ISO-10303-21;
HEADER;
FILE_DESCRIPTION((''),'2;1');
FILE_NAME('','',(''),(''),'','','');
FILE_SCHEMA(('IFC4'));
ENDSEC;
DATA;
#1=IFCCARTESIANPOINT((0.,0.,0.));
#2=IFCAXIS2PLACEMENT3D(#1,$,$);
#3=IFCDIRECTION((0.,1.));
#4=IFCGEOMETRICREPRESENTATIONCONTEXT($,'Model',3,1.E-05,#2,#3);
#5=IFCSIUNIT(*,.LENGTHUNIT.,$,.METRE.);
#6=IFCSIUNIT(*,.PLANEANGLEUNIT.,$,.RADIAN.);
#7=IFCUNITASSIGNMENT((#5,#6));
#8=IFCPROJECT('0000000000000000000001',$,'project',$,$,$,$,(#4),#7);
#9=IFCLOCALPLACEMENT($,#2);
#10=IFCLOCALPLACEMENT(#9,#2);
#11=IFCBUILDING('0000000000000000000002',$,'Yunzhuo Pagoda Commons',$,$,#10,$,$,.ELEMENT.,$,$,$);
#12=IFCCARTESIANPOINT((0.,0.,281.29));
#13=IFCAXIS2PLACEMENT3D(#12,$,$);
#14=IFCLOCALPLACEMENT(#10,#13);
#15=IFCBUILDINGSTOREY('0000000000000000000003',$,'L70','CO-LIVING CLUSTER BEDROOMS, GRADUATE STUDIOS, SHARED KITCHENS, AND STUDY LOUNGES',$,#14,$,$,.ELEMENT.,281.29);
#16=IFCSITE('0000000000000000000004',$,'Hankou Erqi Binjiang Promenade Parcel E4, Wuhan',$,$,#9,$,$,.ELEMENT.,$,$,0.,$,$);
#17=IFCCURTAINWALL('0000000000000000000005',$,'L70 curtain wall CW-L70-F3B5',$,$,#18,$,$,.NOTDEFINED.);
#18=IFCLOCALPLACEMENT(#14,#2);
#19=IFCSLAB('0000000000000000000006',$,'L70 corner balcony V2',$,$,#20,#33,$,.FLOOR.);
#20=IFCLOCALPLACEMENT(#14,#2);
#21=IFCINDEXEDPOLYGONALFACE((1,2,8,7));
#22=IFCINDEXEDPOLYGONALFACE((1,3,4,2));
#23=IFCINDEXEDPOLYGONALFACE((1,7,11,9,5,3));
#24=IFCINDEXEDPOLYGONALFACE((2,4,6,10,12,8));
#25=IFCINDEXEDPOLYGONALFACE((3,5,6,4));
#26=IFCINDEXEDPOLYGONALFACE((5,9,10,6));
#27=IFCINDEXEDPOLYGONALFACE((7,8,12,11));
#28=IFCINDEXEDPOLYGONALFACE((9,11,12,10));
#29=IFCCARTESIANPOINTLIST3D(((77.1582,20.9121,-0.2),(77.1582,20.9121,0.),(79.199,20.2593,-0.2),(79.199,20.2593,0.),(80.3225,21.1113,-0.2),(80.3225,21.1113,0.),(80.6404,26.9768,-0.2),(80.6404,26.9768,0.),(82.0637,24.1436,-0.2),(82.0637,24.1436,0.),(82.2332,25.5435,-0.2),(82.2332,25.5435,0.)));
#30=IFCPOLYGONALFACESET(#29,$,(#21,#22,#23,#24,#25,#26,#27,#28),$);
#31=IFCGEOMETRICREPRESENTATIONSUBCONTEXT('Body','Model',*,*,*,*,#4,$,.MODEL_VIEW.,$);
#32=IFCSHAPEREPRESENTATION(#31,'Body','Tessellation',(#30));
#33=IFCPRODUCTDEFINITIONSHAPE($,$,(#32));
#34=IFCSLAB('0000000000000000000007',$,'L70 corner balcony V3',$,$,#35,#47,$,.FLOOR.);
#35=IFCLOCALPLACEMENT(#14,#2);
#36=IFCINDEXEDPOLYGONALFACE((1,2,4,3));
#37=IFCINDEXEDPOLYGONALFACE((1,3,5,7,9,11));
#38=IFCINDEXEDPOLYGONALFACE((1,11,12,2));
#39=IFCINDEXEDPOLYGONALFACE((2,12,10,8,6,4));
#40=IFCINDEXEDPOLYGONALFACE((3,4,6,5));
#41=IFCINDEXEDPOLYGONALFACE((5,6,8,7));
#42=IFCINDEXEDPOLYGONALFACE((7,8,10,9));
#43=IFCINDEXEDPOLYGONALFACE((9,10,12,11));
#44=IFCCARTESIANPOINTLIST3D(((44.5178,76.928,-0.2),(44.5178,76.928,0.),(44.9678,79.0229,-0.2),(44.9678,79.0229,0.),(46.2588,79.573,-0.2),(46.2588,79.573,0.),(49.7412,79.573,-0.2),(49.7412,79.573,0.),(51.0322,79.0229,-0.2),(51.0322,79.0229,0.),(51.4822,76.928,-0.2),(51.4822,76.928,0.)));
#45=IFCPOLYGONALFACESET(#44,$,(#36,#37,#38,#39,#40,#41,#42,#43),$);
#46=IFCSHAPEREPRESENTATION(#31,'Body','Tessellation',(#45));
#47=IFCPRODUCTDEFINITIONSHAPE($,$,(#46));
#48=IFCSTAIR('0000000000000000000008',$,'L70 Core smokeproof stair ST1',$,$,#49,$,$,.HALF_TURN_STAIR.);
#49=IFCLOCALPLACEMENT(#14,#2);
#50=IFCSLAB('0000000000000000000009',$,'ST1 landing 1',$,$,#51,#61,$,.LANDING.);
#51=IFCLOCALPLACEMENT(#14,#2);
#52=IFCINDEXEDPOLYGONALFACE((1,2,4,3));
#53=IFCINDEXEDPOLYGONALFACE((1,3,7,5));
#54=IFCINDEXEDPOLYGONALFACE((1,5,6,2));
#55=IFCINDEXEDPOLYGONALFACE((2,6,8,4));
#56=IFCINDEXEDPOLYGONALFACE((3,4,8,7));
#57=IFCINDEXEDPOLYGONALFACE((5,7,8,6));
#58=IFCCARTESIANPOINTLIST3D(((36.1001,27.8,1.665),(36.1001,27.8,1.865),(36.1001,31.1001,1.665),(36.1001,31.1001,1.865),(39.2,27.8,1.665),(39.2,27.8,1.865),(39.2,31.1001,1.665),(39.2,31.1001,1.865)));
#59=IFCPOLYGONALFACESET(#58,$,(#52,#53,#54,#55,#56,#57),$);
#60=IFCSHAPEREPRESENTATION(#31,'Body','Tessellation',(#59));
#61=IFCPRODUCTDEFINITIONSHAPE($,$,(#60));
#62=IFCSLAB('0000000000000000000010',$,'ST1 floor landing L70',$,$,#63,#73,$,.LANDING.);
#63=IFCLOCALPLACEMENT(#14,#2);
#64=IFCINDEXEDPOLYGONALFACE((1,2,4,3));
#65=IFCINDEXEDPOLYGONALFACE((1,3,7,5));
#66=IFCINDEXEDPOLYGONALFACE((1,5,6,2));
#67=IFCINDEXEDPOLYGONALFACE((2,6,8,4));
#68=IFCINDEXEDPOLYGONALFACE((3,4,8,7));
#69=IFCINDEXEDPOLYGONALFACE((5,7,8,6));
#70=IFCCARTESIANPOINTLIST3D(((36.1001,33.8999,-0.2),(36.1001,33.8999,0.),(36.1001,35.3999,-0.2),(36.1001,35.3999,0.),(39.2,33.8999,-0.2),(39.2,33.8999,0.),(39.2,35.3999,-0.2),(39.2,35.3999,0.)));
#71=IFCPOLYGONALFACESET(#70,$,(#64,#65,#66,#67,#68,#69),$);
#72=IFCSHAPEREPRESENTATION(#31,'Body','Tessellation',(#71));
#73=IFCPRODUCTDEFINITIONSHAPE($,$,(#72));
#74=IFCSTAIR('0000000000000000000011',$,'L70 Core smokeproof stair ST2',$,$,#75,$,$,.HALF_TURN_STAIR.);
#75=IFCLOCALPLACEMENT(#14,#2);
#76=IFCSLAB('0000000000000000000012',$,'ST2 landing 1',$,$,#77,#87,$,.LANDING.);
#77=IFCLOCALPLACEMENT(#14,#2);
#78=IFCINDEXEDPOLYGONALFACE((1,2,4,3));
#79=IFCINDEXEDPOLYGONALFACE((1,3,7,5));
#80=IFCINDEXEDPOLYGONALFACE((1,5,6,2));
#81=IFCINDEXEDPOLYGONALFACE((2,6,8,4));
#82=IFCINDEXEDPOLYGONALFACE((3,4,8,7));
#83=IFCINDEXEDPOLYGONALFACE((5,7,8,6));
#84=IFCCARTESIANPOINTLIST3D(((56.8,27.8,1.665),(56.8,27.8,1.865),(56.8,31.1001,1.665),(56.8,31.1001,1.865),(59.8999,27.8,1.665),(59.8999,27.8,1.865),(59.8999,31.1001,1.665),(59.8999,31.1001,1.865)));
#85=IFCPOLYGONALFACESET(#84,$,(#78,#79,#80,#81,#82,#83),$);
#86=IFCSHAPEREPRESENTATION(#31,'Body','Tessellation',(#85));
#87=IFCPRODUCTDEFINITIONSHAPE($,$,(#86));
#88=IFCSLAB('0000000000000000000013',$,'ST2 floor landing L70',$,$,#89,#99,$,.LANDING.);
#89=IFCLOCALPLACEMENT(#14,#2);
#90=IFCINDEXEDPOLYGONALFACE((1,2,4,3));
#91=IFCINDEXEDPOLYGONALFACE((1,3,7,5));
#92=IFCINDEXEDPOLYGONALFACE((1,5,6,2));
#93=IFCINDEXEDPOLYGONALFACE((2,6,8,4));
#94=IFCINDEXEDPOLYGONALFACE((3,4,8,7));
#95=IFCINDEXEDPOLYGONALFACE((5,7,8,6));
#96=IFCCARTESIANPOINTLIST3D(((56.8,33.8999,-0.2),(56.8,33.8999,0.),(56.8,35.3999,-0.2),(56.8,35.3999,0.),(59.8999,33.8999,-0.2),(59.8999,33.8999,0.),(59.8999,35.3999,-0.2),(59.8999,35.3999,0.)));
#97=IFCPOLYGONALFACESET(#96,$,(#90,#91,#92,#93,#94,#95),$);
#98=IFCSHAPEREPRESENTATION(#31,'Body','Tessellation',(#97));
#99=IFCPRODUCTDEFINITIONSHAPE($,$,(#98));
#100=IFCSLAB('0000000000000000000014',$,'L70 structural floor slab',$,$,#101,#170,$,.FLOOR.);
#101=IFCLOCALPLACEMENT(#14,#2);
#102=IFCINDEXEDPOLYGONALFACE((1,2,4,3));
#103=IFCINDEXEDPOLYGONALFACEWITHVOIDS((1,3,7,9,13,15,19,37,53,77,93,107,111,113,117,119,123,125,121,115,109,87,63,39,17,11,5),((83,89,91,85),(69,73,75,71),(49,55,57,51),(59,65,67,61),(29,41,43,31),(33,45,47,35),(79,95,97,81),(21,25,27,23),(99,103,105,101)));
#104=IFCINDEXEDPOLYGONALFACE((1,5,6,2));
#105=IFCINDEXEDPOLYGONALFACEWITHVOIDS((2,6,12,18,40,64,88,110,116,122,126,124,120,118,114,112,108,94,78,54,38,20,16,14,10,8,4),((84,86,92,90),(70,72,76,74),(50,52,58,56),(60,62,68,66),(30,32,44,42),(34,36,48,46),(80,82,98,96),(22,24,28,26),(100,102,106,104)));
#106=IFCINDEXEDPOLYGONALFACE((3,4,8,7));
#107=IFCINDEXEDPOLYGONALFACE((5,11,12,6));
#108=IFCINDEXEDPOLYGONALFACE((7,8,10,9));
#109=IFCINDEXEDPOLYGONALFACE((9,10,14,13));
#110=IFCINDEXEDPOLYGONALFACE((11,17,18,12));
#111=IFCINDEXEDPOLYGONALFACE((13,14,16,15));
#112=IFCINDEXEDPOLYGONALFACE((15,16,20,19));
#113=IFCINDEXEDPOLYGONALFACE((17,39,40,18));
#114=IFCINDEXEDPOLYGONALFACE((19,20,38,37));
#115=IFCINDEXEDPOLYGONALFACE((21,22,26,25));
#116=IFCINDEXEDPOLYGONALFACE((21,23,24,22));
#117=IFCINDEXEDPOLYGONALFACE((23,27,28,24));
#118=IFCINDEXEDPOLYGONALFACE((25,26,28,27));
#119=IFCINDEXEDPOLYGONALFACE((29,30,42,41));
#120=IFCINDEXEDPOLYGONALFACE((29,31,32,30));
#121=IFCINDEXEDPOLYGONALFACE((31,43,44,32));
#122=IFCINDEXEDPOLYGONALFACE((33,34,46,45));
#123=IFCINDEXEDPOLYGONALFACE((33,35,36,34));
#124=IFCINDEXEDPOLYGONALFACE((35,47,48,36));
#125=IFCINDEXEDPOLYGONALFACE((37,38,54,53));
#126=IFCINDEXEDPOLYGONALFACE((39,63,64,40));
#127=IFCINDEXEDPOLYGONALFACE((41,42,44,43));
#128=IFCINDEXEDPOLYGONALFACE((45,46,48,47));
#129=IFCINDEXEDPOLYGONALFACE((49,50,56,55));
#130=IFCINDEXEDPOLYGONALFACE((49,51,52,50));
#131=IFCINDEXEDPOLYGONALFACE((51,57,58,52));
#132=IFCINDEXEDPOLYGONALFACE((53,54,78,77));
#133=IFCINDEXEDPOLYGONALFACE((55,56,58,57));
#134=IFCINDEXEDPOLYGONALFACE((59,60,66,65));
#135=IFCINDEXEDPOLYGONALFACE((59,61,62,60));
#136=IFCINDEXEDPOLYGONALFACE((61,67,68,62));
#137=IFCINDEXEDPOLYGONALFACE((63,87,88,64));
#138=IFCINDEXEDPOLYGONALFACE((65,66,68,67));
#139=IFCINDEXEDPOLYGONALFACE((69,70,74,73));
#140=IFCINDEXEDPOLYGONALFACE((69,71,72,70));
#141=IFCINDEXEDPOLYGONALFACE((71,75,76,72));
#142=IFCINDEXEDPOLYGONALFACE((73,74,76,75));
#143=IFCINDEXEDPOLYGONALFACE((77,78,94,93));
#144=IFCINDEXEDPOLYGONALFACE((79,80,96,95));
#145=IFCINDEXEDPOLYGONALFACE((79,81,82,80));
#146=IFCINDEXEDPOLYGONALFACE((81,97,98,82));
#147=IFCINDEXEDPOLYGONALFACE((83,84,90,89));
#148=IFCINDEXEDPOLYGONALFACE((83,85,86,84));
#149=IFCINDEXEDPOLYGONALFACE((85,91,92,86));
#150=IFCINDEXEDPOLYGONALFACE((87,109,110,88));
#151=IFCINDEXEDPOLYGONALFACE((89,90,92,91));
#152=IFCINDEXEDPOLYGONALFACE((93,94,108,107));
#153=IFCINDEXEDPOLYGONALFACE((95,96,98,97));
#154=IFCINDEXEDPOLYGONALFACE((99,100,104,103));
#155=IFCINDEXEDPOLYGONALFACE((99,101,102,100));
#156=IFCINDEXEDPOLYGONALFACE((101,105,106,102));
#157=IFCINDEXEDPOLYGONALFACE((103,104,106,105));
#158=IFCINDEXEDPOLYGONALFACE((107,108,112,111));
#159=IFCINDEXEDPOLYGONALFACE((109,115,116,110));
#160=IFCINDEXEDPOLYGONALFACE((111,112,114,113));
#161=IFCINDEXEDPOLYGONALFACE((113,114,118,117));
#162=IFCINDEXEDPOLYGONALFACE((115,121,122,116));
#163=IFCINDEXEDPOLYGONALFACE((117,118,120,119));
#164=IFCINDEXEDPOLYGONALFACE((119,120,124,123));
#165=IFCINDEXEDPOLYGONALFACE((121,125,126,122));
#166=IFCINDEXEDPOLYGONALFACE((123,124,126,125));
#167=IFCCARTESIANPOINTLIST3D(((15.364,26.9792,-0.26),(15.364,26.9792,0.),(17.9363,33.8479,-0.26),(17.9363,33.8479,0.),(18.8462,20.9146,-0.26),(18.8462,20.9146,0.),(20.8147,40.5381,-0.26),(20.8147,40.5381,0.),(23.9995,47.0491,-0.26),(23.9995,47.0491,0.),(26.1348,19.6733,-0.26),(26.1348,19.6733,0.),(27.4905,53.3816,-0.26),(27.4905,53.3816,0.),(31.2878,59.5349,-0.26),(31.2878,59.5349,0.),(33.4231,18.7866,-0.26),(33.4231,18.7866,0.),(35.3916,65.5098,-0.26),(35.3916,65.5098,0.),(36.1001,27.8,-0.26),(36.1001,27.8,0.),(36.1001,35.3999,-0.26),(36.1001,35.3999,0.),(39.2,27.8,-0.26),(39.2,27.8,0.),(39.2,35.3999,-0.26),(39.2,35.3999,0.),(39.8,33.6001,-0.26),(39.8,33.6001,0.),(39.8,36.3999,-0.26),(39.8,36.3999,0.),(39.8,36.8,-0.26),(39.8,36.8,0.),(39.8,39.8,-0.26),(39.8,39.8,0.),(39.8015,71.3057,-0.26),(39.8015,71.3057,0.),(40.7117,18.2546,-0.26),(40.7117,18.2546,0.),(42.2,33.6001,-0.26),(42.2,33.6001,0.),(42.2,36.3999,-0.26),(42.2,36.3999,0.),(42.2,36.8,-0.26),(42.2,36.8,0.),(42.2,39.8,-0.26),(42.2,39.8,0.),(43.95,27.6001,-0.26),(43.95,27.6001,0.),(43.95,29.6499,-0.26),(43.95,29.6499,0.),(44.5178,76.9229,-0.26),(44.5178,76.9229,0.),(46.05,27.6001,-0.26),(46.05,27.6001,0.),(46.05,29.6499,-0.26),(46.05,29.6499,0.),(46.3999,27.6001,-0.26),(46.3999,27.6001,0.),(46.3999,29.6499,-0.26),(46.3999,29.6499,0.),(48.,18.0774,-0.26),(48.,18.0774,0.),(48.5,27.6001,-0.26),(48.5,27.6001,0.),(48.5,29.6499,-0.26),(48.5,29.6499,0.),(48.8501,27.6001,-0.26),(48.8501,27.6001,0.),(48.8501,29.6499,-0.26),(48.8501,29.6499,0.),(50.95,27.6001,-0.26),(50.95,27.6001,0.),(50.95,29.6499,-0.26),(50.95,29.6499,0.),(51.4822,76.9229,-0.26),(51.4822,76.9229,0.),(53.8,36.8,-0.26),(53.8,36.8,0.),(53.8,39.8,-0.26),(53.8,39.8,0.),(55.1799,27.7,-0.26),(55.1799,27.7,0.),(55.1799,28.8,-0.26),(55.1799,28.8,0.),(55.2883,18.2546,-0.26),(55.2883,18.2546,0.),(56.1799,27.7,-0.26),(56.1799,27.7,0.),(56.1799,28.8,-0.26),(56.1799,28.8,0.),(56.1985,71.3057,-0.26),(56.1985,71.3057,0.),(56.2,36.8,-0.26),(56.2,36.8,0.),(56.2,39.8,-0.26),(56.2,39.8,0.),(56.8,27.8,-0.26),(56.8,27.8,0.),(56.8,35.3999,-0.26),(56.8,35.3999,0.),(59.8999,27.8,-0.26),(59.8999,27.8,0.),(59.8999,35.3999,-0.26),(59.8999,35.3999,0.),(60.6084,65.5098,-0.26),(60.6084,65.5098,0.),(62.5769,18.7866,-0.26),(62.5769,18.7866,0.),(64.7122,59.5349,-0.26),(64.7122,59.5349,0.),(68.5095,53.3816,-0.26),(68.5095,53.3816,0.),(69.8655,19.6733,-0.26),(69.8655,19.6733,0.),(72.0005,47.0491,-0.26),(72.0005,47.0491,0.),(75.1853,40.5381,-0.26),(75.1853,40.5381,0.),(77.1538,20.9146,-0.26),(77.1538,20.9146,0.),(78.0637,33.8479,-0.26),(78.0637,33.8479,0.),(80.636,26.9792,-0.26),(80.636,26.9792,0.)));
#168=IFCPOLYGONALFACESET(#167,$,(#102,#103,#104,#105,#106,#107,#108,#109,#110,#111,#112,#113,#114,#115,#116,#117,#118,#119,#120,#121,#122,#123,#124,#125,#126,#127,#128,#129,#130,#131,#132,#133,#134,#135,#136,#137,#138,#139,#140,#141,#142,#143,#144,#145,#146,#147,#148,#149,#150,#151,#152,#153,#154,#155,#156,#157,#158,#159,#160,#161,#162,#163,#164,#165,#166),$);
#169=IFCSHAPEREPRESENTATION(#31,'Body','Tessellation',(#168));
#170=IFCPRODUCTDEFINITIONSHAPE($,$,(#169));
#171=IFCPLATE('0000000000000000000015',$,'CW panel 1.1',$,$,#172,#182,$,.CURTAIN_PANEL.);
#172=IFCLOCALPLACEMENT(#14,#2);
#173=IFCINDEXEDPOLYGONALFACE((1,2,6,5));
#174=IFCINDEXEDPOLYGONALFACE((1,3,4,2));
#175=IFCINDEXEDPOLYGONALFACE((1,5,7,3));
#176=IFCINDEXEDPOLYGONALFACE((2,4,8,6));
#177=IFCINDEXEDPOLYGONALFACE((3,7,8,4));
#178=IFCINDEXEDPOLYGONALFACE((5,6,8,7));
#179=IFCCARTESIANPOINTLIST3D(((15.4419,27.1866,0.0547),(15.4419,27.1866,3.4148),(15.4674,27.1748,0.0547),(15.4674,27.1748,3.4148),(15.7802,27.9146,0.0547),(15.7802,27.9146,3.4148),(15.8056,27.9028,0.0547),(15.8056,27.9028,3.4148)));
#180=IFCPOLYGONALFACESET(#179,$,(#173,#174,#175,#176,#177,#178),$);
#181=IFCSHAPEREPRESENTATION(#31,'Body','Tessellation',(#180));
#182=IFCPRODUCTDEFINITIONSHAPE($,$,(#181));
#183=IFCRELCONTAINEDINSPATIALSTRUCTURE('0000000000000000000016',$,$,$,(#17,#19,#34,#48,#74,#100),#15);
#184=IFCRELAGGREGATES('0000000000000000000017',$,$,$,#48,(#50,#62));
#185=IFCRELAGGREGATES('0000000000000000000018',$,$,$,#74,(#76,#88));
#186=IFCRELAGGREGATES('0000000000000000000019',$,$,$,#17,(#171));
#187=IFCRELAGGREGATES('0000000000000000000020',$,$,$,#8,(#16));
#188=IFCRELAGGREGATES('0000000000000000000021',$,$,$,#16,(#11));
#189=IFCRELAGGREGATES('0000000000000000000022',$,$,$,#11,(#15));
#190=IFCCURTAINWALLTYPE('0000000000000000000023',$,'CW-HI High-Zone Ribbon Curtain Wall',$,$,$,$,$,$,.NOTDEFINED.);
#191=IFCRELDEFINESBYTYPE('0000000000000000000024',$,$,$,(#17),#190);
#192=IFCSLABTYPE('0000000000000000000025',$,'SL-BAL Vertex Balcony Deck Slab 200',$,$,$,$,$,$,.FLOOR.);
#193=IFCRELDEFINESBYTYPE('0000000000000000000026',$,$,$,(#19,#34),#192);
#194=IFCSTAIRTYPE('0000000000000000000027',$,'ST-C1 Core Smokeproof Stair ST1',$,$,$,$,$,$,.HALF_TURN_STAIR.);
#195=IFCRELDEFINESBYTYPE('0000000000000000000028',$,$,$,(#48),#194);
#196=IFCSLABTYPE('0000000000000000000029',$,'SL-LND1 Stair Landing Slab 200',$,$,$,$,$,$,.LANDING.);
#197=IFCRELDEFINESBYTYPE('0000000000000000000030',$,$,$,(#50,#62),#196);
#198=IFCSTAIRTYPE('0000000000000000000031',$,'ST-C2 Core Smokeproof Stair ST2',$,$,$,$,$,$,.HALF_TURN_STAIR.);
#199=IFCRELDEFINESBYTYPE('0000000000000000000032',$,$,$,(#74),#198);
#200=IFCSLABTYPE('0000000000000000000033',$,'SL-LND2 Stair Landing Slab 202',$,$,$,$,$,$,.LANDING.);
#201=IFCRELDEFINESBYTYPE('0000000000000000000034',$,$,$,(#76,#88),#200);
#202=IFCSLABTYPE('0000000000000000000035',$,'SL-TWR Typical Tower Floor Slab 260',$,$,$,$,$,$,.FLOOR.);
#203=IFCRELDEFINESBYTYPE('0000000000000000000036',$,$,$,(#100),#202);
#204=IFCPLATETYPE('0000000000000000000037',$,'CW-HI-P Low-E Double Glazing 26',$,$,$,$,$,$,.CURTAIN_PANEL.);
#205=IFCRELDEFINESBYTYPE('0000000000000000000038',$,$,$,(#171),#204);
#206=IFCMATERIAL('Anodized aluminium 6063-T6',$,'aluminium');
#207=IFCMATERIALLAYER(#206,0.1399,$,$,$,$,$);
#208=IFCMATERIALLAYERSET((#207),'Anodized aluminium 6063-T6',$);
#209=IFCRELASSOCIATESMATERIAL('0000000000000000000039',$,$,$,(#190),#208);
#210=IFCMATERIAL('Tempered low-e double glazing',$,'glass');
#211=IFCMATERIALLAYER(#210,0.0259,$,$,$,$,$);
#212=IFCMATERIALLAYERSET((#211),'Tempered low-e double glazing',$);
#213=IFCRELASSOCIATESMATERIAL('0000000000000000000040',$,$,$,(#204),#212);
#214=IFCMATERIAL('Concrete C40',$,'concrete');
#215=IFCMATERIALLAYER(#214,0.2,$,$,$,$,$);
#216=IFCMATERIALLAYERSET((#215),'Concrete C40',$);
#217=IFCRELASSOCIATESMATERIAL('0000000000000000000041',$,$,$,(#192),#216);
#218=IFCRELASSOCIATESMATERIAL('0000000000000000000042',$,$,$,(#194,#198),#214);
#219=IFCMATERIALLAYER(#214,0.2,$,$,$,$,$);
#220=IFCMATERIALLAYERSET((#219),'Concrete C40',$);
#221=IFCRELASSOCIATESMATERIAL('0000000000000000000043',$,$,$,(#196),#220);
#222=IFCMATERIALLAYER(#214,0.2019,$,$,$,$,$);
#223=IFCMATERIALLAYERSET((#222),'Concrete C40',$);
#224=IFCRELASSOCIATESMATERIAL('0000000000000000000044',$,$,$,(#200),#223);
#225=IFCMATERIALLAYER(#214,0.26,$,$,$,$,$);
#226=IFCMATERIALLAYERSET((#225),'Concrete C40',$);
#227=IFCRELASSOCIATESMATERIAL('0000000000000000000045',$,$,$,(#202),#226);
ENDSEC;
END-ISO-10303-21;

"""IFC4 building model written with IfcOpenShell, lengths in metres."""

from ifc_helpers import new_model, si_unit, direction, frame, origin, origin_2d, place, context, subcontext, project, spatial, polyline, rectangle, outline, extrude, source, transform, mapped, material, layer, layer_set, type_object, element, aggregate, save


model = new_model("IFC4")

# Units and contexts
model_context = context("Model", 3, precision=1e-05, world=origin(), true_north=direction((0.0, 1.0)))
body_context = subcontext(model_context, "Body", "Model", "MODEL_VIEW")
ifc_project = project(units=[si_unit("LENGTHUNIT", "METRE"), si_unit("PLANEANGLEUNIT", "RADIAN")], contexts=[model_context])

# Site, building, storey
site_placement = place(None, origin())
site = spatial("IfcSite", under=ifc_project, at=site_placement, Name="Hankou Erqi Binjiang Promenade Parcel E4, Wuhan", CompositionType="ELEMENT", RefElevation=0.0)
building_placement = place(site_placement, origin())
building = spatial("IfcBuilding", under=site, at=building_placement, Name="Yunzhuo Pagoda Commons", CompositionType="ELEMENT")
storey_placement = place(building_placement, frame((0.0, 0.0, 281.29)))
storey = spatial("IfcBuildingStorey", under=building, at=storey_placement, Name="L70", Description="CO-LIVING CLUSTER BEDROOMS, GRADUATE STUDIOS, SHARED KITCHENS, AND STUDY LOUNGES", CompositionType="ELEMENT", Elevation=281.29)

# Shared definitions
ifc_material_1 = material(Name="Anodized aluminium 6063-T6", Category="aluminium")
ifc_layer_1 = layer(ifc_material_1, 0.1399)
ifc_layer_set_1 = layer_set([ifc_layer_1], Name="Anodized aluminium 6063-T6")
curtain_wall_type = type_object("IfcCurtainWallType", Name="CW-HI High-Zone Ribbon Curtain Wall", PredefinedType="NOTDEFINED", material=ifc_layer_set_1)

# Curtain wall
curtain_wall_1_placement = place(storey_placement, origin())
curtain_wall_1 = element("IfcCurtainWall", 1, at=curtain_wall_1_placement, inside=storey, type_object=curtain_wall_type, Name="L70 curtain wall CW-L70-F3B5", PredefinedType="NOTDEFINED")

# Shared definitions
ifc_material_2 = material(Name="Tempered low-e double glazing", Category="glass")
ifc_layer_2 = layer(ifc_material_2, 0.0259)
ifc_layer_set_2 = layer_set([ifc_layer_2], Name="Tempered low-e double glazing")
plate_type = type_object("IfcPlateType", Name="CW-HI-P Low-E Double Glazing 26", PredefinedType="CURTAIN_PANEL", material=ifc_layer_set_2)

# Slabs
ifc_material_3 = material(Name="Concrete C40", Category="concrete")
ifc_layer_3 = layer(ifc_material_3, 0.2)
ifc_layer_set_3 = layer_set([ifc_layer_3], Name="Concrete C40")
slab_type_1 = type_object("IfcSlabType", Name="SL-BAL Vertex Balcony Deck Slab 200", PredefinedType="FLOOR", material=ifc_layer_set_3)
slab_1_placement = place(storey_placement, frame((0.0, 0.0, -0.2)))
element("IfcSlab", 2, at=slab_1_placement, inside=storey, type_object=slab_type_1, Name="L70 corner balcony V2", PredefinedType="FLOOR", context=body_context, shape_type="SweptSolid", body=[
    extrude(outline(polyline([(77.1582, 20.9121), (80.6404, 26.9768), (82.2332, 25.5435), (82.0637, 24.1436), (80.3225, 21.1113), (79.199, 20.2593), (77.1582, 20.9121)])), origin(), (0.0, 0.0, 1.0), 0.2),
])
slab_2_placement = place(storey_placement, frame((0.0, 0.0, -0.2)))
element("IfcSlab", 3, at=slab_2_placement, inside=storey, type_object=slab_type_1, Name="L70 corner balcony V3", PredefinedType="FLOOR", context=body_context, shape_type="SweptSolid", body=[
    extrude(outline(polyline([(51.4822, 76.928), (44.5178, 76.928), (44.9678, 79.0229), (46.2588, 79.573), (49.7412, 79.573), (51.0322, 79.0229), (51.4822, 76.928)])), origin(), (0.0, 0.0, 1.0), 0.2),
])

# Stairs, slabs
stair_type_1 = type_object("IfcStairType", Name="ST-C1 Core Smokeproof Stair ST1", PredefinedType="HALF_TURN_STAIR", material=ifc_material_3)
stair_1_placement = place(storey_placement, origin())
stair_1 = element("IfcStair", 4, at=stair_1_placement, inside=storey, type_object=stair_type_1, Name="L70 Core smokeproof stair ST1", PredefinedType="HALF_TURN_STAIR")
ifc_layer_4 = layer(ifc_material_3, 0.2)
ifc_layer_set_4 = layer_set([ifc_layer_4], Name="Concrete C40")
slab_type_2 = type_object("IfcSlabType", Name="SL-LND1 Stair Landing Slab 200", PredefinedType="LANDING", material=ifc_layer_set_4)
slab_3_placement = place(storey_placement, frame((0.0, 0.0, 1.665)))
slab_3 = element("IfcSlab", 5, at=slab_3_placement, type_object=slab_type_2, Name="ST1 landing 1", PredefinedType="LANDING", context=body_context, shape_type="SweptSolid", body=[
    extrude(outline(polyline([(36.1001, 31.1001), (36.1001, 27.8), (39.2, 27.8), (39.2, 31.1001), (36.1001, 31.1001)])), origin(), (0.0, 0.0, 1.0), 0.2),
])
slab_4_placement = place(storey_placement, frame((0.0, 0.0, -0.2)))
slab_4 = element("IfcSlab", 6, at=slab_4_placement, type_object=slab_type_2, Name="ST1 floor landing L70", PredefinedType="LANDING", context=body_context, shape_type="SweptSolid", body=[
    extrude(outline(polyline([(36.1001, 35.3999), (36.1001, 33.8999), (39.2, 33.8999), (39.2, 35.3999), (36.1001, 35.3999)])), origin(), (0.0, 0.0, 1.0), 0.2),
])
aggregate(stair_1, [slab_3, slab_4])
stair_type_2 = type_object("IfcStairType", Name="ST-C2 Core Smokeproof Stair ST2", PredefinedType="HALF_TURN_STAIR", material=ifc_material_3)
stair_2_placement = place(storey_placement, origin())
stair_2 = element("IfcStair", 7, at=stair_2_placement, inside=storey, type_object=stair_type_2, Name="L70 Core smokeproof stair ST2", PredefinedType="HALF_TURN_STAIR")
ifc_layer_5 = layer(ifc_material_3, 0.2019)
ifc_layer_set_5 = layer_set([ifc_layer_5], Name="Concrete C40")
slab_type_3 = type_object("IfcSlabType", Name="SL-LND2 Stair Landing Slab 202", PredefinedType="LANDING", material=ifc_layer_set_5)
slab_5_placement = place(storey_placement, frame((0.0, 0.0, 1.665)))
slab_5 = element("IfcSlab", 8, at=slab_5_placement, type_object=slab_type_3, Name="ST2 landing 1", PredefinedType="LANDING", context=body_context, shape_type="SweptSolid", body=[
    extrude(outline(polyline([(56.8, 31.1001), (56.8, 27.8), (59.8999, 27.8), (59.8999, 31.1001), (56.8, 31.1001)])), origin(), (0.0, 0.0, 1.0), 0.2),
])
slab_6_placement = place(storey_placement, frame((0.0, 0.0, -0.2)))
slab_6 = element("IfcSlab", 9, at=slab_6_placement, type_object=slab_type_3, Name="ST2 floor landing L70", PredefinedType="LANDING", context=body_context, shape_type="SweptSolid", body=[
    extrude(outline(polyline([(56.8, 35.3999), (56.8, 33.8999), (59.8999, 33.8999), (59.8999, 35.3999), (56.8, 35.3999)])), origin(), (0.0, 0.0, 1.0), 0.2),
])
aggregate(stair_2, [slab_5, slab_6])

# Slab
ifc_layer_6 = layer(ifc_material_3, 0.26)
ifc_layer_set_6 = layer_set([ifc_layer_6], Name="Concrete C40")
slab_type_4 = type_object("IfcSlabType", Name="SL-TWR Typical Tower Floor Slab 260", PredefinedType="FLOOR", material=ifc_layer_set_6)
slab_7_placement = place(storey_placement, frame((0.0, 0.0, -0.26)))
element("IfcSlab", 10, at=slab_7_placement, inside=storey, type_object=slab_type_4, Name="L70 structural floor slab", PredefinedType="FLOOR", context=body_context, shape_type="SweptSolid", body=[
    extrude(outline(polyline([(17.9363, 33.8479), (20.8147, 40.5381), (23.9995, 47.0491), (27.4905, 53.3816), (31.2878, 59.5349), (35.3916, 65.5098), (39.8015, 71.3057), (44.5178, 76.9229), (51.4822, 76.9229), (56.1985, 71.3057), (60.6084, 65.5098), (64.7122, 59.5349), (68.5095, 53.3816), (72.0005, 47.0491), (75.1853, 40.5381), (78.0637, 33.8479), (80.636, 26.9792), (77.1538, 20.9146), (69.8655, 19.6733), (62.5769, 18.7866), (55.2883, 18.2546), (48.0, 18.0774), (40.7117, 18.2546), (33.4231, 18.7866), (26.1348, 19.6733), (18.8462, 20.9146), (15.364, 26.9792), (17.9363, 33.8479)]), holes=[polyline([(56.1799, 28.8), (55.1799, 28.8), (55.1799, 27.7), (56.1799, 27.7), (56.1799, 28.8)]), polyline([(46.05, 29.6499), (43.95, 29.6499), (43.95, 27.6001), (46.05, 27.6001), (46.05, 29.6499)]), polyline([(48.5, 29.6499), (46.3999, 29.6499), (46.3999, 27.6001), (48.5, 27.6001), (48.5, 29.6499)]), polyline([(50.95, 29.6499), (48.8501, 29.6499), (48.8501, 27.6001), (50.95, 27.6001), (50.95, 29.6499)]), polyline([(39.2, 27.8), (39.2, 35.3999), (36.1001, 35.3999), (36.1001, 27.8), (39.2, 27.8)]), polyline([(59.8999, 27.8), (59.8999, 35.3999), (56.8, 35.3999), (56.8, 27.8), (59.8999, 27.8)]), polyline([(42.2, 36.3999), (39.8, 36.3999), (39.8, 33.6001), (42.2, 33.6001), (42.2, 36.3999)]), polyline([(42.2, 36.8), (42.2, 39.8), (39.8, 39.8), (39.8, 36.8), (42.2, 36.8)]), polyline([(56.2, 36.8), (56.2, 39.8), (53.8, 39.8), (53.8, 36.8), (56.2, 36.8)])]), origin(), (0.0, 0.0, 1.0), 0.26),
])

# Plate
shared_shape_1 = source(origin(), body_context, "Body", "SweptSolid", [
    extrude(rectangle(XDim=0.8027, YDim=0.0281, at=origin_2d()), origin(), (0.0, 0.0, 1.0), 3.3601),
])
plate_1_placement = place(storey_placement, frame((15.6238, 27.5447, 0.0547), z_axis=(0.0, 0.0, 1.0), x_axis=(-0.421407, -0.906871, 0.0)))
plate_1 = element("IfcPlate", 11, at=plate_1_placement, type_object=plate_type, Name="CW panel 1.1", PredefinedType="CURTAIN_PANEL", context=body_context, shape_type="MappedRepresentation", body=[
    mapped(shared_shape_1, transform((0.0, 0.0, 0.0), scale=1.0)),
])
aggregate(curtain_wall_1, [plate_1])

save(model, "model.ifc")
